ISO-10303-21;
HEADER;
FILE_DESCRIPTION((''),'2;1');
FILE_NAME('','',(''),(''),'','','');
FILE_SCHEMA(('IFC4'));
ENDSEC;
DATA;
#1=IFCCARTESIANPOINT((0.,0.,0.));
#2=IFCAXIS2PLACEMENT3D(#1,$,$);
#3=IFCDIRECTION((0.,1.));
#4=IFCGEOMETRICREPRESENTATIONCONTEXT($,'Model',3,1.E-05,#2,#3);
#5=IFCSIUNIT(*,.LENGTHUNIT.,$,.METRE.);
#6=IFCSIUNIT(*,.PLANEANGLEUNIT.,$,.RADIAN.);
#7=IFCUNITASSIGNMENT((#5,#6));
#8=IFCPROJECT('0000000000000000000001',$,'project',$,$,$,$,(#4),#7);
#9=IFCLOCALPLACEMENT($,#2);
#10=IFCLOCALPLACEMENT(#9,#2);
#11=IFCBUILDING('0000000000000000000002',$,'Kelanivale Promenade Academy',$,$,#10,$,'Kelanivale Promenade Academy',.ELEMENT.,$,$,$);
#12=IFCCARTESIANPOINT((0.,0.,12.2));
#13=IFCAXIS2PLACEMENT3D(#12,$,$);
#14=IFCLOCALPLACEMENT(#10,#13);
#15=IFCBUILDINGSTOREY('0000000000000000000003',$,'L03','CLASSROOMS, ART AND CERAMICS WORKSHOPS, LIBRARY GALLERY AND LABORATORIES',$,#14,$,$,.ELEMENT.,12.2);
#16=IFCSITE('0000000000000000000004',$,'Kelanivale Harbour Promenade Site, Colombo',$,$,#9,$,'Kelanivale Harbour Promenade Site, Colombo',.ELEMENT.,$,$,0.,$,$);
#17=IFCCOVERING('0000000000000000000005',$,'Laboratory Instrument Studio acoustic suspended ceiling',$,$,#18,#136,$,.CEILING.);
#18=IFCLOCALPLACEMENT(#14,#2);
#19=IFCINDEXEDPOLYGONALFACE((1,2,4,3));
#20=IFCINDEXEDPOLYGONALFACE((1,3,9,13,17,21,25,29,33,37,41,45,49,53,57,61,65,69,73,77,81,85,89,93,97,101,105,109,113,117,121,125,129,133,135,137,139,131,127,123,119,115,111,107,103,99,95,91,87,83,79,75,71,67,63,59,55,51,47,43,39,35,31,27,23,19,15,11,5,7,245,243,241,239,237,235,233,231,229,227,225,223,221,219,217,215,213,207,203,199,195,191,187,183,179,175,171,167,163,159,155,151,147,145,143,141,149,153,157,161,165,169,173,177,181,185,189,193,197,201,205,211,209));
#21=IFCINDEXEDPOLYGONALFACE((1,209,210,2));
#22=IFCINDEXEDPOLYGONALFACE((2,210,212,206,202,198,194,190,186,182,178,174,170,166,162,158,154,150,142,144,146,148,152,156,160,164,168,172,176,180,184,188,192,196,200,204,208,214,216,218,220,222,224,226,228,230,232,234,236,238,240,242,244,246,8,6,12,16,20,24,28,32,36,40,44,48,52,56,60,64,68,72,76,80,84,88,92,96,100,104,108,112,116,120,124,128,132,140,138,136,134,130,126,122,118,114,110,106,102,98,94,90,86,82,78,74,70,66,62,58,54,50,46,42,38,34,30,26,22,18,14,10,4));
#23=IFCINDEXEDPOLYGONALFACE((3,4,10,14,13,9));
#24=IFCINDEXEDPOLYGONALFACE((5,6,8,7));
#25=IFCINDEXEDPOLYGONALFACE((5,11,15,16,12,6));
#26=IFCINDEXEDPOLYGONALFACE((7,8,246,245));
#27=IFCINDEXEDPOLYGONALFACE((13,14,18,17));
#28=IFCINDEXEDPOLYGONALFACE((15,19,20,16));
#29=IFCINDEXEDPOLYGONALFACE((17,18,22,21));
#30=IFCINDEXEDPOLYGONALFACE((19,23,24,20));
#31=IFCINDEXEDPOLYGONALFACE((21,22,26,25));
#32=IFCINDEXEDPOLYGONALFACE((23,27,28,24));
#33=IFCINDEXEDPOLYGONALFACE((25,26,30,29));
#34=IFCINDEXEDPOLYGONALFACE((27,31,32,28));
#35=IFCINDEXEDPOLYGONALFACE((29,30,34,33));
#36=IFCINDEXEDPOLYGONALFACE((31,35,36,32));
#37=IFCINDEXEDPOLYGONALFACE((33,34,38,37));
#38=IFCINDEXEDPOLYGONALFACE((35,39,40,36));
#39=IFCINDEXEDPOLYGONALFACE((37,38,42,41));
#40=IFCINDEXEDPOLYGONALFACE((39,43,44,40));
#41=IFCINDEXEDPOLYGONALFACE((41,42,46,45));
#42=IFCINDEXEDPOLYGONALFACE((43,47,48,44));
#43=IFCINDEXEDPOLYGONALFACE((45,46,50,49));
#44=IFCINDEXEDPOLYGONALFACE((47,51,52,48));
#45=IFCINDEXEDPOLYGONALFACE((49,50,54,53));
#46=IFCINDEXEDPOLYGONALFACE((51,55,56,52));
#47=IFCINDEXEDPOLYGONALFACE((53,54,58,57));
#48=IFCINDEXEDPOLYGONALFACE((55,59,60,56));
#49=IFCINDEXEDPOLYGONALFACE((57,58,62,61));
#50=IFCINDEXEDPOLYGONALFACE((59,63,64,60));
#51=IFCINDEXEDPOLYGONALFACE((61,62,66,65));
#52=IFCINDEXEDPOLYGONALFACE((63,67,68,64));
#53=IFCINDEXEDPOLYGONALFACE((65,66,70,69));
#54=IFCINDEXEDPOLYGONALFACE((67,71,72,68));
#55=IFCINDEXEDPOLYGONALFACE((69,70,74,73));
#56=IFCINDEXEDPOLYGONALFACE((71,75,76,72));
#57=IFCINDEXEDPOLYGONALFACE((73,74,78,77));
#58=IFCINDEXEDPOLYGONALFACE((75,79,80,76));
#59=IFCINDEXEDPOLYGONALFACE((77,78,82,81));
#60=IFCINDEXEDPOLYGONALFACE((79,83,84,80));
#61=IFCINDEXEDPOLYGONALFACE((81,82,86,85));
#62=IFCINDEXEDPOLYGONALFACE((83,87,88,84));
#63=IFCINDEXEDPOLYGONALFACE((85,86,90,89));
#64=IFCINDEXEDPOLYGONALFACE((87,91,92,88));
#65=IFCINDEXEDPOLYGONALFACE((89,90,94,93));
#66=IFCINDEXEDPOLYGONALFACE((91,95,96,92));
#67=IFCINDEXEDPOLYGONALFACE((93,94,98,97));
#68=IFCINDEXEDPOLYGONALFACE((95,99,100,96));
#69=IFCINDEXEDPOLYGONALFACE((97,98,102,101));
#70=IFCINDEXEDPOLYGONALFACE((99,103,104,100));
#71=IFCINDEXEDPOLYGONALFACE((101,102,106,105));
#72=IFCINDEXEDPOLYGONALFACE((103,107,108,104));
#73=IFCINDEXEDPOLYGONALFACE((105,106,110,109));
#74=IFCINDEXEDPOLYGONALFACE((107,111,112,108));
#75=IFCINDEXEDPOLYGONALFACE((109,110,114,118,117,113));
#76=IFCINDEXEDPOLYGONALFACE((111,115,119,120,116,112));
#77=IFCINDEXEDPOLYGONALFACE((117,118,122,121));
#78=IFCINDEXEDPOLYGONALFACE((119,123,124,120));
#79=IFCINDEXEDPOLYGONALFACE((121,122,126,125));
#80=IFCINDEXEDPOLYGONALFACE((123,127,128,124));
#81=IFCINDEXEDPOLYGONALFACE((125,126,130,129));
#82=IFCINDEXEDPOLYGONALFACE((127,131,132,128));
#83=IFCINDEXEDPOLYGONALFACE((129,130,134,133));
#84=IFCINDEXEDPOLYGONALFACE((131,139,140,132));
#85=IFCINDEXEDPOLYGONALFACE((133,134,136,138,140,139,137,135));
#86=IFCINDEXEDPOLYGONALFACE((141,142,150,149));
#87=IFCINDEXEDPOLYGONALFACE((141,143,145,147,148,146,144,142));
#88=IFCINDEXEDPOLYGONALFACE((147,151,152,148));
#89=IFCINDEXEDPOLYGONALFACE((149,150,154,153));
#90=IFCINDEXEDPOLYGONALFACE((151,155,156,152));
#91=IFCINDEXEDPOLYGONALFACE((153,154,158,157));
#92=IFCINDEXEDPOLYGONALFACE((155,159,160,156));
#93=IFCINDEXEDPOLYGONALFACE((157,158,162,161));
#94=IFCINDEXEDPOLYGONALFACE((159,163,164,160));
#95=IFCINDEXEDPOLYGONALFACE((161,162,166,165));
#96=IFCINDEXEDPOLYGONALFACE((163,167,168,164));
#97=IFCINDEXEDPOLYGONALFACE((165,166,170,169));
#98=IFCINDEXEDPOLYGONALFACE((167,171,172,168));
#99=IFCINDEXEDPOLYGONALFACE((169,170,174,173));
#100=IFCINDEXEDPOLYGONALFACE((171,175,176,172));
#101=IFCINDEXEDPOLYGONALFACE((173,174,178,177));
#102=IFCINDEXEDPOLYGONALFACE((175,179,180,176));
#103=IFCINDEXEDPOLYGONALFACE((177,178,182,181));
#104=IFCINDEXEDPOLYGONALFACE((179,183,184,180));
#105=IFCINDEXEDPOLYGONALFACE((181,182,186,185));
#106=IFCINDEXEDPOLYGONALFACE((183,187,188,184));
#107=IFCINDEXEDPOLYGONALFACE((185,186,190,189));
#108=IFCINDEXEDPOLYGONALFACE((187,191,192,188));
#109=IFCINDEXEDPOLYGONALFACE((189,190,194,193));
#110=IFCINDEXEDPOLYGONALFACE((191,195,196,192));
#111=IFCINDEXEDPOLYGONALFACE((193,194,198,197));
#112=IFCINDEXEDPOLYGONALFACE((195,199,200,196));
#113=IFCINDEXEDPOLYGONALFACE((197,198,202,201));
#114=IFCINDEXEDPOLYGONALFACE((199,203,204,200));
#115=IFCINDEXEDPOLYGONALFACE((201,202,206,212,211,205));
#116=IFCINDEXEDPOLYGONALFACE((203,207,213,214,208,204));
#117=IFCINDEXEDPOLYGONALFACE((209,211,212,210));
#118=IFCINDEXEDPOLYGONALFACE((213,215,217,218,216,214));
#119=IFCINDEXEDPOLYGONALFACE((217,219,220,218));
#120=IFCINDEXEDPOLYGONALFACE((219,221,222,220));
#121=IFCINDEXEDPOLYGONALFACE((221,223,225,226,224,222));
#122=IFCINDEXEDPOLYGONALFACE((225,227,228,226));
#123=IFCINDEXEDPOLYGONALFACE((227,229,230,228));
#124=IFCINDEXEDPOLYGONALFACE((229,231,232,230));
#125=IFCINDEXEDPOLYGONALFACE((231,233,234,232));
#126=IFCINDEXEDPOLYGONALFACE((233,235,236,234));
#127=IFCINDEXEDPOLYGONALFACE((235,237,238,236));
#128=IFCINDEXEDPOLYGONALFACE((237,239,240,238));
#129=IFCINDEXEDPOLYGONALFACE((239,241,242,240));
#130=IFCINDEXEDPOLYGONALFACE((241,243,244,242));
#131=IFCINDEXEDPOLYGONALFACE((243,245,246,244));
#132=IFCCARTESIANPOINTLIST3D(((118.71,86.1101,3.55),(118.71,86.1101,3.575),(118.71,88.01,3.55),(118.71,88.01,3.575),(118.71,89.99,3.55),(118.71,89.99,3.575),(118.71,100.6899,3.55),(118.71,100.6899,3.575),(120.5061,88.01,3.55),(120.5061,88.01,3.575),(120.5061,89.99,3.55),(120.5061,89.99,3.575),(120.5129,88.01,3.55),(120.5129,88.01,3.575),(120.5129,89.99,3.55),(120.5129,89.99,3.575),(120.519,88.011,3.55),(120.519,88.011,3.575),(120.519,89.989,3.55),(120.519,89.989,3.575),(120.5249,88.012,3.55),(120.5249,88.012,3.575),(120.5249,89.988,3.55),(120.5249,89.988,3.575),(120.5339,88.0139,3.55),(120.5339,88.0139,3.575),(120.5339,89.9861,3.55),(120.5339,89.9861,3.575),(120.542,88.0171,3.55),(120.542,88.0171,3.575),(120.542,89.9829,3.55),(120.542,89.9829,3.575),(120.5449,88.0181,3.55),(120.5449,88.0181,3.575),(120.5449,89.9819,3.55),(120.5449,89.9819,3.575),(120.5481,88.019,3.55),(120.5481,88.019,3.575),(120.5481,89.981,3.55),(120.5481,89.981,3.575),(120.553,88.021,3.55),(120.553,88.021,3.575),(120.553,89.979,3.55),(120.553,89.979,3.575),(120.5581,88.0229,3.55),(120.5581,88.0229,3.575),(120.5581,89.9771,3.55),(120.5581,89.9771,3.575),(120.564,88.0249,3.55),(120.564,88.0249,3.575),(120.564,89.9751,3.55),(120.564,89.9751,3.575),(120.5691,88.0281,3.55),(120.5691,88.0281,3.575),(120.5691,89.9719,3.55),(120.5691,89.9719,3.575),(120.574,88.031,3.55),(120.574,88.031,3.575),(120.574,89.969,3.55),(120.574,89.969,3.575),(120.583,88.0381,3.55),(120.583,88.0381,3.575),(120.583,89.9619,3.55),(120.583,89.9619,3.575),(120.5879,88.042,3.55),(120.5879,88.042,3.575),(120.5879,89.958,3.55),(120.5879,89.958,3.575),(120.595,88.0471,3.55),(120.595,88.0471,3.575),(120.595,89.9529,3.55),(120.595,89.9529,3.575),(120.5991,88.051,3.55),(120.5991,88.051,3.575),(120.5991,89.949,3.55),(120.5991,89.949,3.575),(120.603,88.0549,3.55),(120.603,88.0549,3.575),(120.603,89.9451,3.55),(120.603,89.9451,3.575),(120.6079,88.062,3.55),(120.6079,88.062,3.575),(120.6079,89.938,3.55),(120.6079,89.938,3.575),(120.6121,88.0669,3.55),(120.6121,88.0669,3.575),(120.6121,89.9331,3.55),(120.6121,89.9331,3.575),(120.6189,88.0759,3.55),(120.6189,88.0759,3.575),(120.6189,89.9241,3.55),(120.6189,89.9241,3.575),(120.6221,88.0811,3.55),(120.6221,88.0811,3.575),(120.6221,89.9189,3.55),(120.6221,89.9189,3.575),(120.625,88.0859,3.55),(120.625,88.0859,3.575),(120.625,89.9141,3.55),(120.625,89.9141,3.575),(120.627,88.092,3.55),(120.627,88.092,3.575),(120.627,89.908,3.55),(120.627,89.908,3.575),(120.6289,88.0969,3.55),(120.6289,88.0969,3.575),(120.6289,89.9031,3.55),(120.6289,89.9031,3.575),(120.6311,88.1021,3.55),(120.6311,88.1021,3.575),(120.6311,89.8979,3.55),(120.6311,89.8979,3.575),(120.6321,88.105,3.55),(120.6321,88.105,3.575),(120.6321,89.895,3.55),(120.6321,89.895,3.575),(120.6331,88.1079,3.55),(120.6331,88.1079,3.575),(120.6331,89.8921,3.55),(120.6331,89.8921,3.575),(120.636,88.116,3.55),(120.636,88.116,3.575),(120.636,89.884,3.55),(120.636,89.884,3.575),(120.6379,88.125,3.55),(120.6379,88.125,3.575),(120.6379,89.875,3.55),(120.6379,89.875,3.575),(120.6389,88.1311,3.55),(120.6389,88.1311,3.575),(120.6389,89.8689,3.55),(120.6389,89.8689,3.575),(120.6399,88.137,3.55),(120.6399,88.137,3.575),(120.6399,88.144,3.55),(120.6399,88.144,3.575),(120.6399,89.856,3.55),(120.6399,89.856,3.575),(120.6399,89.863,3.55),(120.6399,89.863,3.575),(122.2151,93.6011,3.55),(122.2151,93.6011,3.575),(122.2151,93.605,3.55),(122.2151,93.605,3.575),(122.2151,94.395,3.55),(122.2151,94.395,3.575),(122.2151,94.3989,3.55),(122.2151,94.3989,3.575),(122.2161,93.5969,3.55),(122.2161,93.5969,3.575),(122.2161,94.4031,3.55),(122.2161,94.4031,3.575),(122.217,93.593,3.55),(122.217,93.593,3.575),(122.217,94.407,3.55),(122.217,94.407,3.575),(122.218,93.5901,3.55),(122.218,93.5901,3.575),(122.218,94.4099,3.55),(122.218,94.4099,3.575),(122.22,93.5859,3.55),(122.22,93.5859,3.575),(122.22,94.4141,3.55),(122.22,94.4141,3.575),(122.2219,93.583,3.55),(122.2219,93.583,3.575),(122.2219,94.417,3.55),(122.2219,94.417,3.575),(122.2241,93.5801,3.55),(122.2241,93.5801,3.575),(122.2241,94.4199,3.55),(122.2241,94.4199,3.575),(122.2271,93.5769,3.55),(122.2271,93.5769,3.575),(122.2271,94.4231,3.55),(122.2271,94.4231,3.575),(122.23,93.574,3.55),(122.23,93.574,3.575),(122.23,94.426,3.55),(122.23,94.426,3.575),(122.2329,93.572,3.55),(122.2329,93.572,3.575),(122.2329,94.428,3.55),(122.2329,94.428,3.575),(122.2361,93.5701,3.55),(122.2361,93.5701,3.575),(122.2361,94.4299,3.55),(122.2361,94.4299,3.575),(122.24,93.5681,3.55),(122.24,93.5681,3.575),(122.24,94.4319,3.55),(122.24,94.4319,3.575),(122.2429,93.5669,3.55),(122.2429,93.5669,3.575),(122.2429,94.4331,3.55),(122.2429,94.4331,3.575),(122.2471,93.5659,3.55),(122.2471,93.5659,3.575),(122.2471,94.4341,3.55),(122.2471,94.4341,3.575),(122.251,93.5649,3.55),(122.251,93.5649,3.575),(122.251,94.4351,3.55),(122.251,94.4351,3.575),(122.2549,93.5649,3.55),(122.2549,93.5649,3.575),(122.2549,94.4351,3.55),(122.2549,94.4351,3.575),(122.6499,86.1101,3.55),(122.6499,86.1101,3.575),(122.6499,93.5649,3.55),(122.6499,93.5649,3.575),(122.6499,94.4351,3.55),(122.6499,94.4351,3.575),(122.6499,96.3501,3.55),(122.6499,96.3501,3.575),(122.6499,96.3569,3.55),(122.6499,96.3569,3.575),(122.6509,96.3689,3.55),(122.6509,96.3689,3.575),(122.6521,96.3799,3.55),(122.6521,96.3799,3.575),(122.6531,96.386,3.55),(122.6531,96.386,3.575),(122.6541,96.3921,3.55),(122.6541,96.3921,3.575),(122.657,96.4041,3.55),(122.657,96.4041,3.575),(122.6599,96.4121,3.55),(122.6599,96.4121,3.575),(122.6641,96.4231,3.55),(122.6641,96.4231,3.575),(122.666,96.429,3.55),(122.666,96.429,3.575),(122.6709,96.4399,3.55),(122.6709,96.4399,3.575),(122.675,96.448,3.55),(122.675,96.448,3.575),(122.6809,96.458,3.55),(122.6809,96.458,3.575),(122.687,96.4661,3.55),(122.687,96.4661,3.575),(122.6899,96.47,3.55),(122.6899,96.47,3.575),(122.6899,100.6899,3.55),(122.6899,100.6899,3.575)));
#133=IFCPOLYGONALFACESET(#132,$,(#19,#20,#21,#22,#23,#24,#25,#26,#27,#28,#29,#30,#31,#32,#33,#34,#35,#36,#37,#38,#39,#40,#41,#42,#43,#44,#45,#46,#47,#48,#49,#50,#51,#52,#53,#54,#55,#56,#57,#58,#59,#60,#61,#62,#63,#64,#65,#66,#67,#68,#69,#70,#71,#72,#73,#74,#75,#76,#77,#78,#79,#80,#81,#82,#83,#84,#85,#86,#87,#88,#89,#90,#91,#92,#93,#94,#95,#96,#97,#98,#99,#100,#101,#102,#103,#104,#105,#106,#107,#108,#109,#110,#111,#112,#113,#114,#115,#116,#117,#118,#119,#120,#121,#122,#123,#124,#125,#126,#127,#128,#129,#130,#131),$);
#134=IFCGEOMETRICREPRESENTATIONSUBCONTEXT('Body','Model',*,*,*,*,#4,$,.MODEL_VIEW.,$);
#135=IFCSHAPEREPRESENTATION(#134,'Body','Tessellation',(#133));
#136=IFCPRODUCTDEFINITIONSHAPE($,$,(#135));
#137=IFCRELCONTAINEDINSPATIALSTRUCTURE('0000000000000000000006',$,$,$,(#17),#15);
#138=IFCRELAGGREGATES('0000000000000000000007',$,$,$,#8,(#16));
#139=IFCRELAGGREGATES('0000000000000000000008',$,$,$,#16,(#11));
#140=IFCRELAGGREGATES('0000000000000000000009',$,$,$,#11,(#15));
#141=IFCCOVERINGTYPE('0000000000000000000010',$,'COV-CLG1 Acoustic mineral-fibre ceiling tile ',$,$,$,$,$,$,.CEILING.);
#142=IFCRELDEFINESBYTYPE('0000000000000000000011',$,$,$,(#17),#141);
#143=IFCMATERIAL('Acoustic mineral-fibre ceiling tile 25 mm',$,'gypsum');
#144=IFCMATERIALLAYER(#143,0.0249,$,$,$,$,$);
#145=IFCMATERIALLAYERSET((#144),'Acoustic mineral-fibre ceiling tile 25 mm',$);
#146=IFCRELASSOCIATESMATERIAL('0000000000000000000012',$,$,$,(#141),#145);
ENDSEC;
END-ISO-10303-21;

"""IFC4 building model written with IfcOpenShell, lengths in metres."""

from ifc_helpers import new_model, si_unit, direction, frame, origin, place, context, subcontext, project, spatial, polyline, outline, extrude, material, layer, layer_set, type_object, element, save


model = new_model("IFC4")

# Units and contexts
model_context = context("Model", 3, precision=1e-05, world=origin(), true_north=direction((0.0, 1.0)))
body_context = subcontext(model_context, "Body", "Model", "MODEL_VIEW")
ifc_project = project(units=[si_unit("LENGTHUNIT", "METRE"), si_unit("PLANEANGLEUNIT", "RADIAN")], contexts=[model_context])

# Site, building, storey
site_placement = place(None, origin())
site = spatial("IfcSite", under=ifc_project, at=site_placement, Name="Kelanivale Harbour Promenade Site, Colombo", LongName="Kelanivale Harbour Promenade Site, Colombo", CompositionType="ELEMENT", RefElevation=0.0)
building_placement = place(site_placement, origin())
building = spatial("IfcBuilding", under=site, at=building_placement, Name="Kelanivale Promenade Academy", LongName="Kelanivale Promenade Academy", CompositionType="ELEMENT")
storey_placement = place(building_placement, frame((0.0, 0.0, 12.2)))
storey = spatial("IfcBuildingStorey", under=building, at=storey_placement, Name="L03", Description="CLASSROOMS, ART AND CERAMICS WORKSHOPS, LIBRARY GALLERY AND LABORATORIES", CompositionType="ELEMENT", Elevation=12.2)

# Covering
ifc_material_1 = material(Name="Acoustic mineral-fibre ceiling tile 25 mm", Category="gypsum")
ifc_layer_1 = layer(ifc_material_1, 0.0249)
ifc_layer_set_1 = layer_set([ifc_layer_1], Name="Acoustic mineral-fibre ceiling tile 25 mm")
covering_type_1 = type_object("IfcCoveringType", Name="COV-CLG1 Acoustic mineral-fibre ceiling tile ", PredefinedType="CEILING", material=ifc_layer_set_1)
covering_1_placement = place(storey_placement, frame((0.0, 0.0, 3.55)))
element("IfcCovering", 1, at=covering_1_placement, inside=storey, type_object=covering_type_1, Name="Laboratory Instrument Studio acoustic suspended ceiling", PredefinedType="CEILING", context=body_context, shape_type="SweptSolid", body=[
    extrude(outline(polyline([(122.6509, 96.3689), (122.6509, 96.3689), (122.6521, 96.3799), (122.6531, 96.386), (122.6541, 96.3921), (122.657, 96.4041), (122.6599, 96.4121), (122.6641, 96.4231), (122.666, 96.429), (122.6709, 96.4399), (122.675, 96.448), (122.6809, 96.458), (122.687, 96.4661), (122.6899, 96.47), (122.6899, 100.6899), (118.71, 100.6899), (118.71, 89.99), (120.5061, 89.99), (120.5129, 89.99), (120.519, 89.989), (120.5249, 89.988), (120.5339, 89.9861), (120.542, 89.9829), (120.5449, 89.9819), (120.5481, 89.981), (120.553, 89.979), (120.5581, 89.9771), (120.564, 89.9751), (120.5691, 89.9719), (120.574, 89.969), (120.583, 89.9619), (120.5879, 89.958), (120.595, 89.9529), (120.5991, 89.949), (120.603, 89.9451), (120.6079, 89.938), (120.6121, 89.9331), (120.6189, 89.9241), (120.6221, 89.9189), (120.625, 89.9141), (120.627, 89.908), (120.6289, 89.9031), (120.6311, 89.8979), (120.6321, 89.895), (120.6331, 89.8921), (120.636, 89.884), (120.6379, 89.875), (120.6389, 89.8689), (120.6399, 89.863), (120.6399, 89.856), (120.6399, 88.144), (120.6399, 88.137), (120.6389, 88.1311), (120.6379, 88.125), (120.636, 88.116), (120.6331, 88.1079), (120.6321, 88.105), (120.6311, 88.1021), (120.6289, 88.0969), (120.627, 88.092), (120.625, 88.0859), (120.6221, 88.0811), (120.6189, 88.0759), (120.6121, 88.0669), (120.6079, 88.062), (120.603, 88.0549), (120.5991, 88.051), (120.595, 88.0471), (120.5879, 88.042), (120.583, 88.0381), (120.574, 88.031), (120.5691, 88.0281), (120.564, 88.0249), (120.5581, 88.0229), (120.553, 88.021), (120.5481, 88.019), (120.5449, 88.0181), (120.542, 88.0171), (120.5339, 88.0139), (120.5249, 88.012), (120.519, 88.011), (120.5129, 88.01), (120.5061, 88.01), (118.71, 88.01), (118.71, 86.1101), (122.6499, 86.1101), (122.6499, 93.5649), (122.2549, 93.5649), (122.251, 93.5649), (122.2471, 93.5659), (122.2429, 93.5669), (122.24, 93.5681), (122.2361, 93.5701), (122.2329, 93.572), (122.23, 93.574), (122.2271, 93.5769), (122.2241, 93.5801), (122.2219, 93.583), (122.22, 93.5859), (122.218, 93.5901), (122.217, 93.593), (122.2161, 93.5969), (122.2151, 93.6011), (122.2151, 93.605), (122.2151, 94.395), (122.2151, 94.3989), (122.2161, 94.4031), (122.217, 94.407), (122.218, 94.4099), (122.22, 94.4141), (122.2219, 94.417), (122.2241, 94.4199), (122.2271, 94.4231), (122.23, 94.426), (122.2329, 94.428), (122.2361, 94.4299), (122.24, 94.4319), (122.2429, 94.4331), (122.2471, 94.4341), (122.251, 94.4351), (122.2549, 94.4351), (122.6499, 94.4351), (122.6499, 96.3501), (122.6499, 96.3569), (122.6509, 96.3689)])), origin(), (0.0, 0.0, 1.0), 0.0249),
])

save(model, "model.ifc")
